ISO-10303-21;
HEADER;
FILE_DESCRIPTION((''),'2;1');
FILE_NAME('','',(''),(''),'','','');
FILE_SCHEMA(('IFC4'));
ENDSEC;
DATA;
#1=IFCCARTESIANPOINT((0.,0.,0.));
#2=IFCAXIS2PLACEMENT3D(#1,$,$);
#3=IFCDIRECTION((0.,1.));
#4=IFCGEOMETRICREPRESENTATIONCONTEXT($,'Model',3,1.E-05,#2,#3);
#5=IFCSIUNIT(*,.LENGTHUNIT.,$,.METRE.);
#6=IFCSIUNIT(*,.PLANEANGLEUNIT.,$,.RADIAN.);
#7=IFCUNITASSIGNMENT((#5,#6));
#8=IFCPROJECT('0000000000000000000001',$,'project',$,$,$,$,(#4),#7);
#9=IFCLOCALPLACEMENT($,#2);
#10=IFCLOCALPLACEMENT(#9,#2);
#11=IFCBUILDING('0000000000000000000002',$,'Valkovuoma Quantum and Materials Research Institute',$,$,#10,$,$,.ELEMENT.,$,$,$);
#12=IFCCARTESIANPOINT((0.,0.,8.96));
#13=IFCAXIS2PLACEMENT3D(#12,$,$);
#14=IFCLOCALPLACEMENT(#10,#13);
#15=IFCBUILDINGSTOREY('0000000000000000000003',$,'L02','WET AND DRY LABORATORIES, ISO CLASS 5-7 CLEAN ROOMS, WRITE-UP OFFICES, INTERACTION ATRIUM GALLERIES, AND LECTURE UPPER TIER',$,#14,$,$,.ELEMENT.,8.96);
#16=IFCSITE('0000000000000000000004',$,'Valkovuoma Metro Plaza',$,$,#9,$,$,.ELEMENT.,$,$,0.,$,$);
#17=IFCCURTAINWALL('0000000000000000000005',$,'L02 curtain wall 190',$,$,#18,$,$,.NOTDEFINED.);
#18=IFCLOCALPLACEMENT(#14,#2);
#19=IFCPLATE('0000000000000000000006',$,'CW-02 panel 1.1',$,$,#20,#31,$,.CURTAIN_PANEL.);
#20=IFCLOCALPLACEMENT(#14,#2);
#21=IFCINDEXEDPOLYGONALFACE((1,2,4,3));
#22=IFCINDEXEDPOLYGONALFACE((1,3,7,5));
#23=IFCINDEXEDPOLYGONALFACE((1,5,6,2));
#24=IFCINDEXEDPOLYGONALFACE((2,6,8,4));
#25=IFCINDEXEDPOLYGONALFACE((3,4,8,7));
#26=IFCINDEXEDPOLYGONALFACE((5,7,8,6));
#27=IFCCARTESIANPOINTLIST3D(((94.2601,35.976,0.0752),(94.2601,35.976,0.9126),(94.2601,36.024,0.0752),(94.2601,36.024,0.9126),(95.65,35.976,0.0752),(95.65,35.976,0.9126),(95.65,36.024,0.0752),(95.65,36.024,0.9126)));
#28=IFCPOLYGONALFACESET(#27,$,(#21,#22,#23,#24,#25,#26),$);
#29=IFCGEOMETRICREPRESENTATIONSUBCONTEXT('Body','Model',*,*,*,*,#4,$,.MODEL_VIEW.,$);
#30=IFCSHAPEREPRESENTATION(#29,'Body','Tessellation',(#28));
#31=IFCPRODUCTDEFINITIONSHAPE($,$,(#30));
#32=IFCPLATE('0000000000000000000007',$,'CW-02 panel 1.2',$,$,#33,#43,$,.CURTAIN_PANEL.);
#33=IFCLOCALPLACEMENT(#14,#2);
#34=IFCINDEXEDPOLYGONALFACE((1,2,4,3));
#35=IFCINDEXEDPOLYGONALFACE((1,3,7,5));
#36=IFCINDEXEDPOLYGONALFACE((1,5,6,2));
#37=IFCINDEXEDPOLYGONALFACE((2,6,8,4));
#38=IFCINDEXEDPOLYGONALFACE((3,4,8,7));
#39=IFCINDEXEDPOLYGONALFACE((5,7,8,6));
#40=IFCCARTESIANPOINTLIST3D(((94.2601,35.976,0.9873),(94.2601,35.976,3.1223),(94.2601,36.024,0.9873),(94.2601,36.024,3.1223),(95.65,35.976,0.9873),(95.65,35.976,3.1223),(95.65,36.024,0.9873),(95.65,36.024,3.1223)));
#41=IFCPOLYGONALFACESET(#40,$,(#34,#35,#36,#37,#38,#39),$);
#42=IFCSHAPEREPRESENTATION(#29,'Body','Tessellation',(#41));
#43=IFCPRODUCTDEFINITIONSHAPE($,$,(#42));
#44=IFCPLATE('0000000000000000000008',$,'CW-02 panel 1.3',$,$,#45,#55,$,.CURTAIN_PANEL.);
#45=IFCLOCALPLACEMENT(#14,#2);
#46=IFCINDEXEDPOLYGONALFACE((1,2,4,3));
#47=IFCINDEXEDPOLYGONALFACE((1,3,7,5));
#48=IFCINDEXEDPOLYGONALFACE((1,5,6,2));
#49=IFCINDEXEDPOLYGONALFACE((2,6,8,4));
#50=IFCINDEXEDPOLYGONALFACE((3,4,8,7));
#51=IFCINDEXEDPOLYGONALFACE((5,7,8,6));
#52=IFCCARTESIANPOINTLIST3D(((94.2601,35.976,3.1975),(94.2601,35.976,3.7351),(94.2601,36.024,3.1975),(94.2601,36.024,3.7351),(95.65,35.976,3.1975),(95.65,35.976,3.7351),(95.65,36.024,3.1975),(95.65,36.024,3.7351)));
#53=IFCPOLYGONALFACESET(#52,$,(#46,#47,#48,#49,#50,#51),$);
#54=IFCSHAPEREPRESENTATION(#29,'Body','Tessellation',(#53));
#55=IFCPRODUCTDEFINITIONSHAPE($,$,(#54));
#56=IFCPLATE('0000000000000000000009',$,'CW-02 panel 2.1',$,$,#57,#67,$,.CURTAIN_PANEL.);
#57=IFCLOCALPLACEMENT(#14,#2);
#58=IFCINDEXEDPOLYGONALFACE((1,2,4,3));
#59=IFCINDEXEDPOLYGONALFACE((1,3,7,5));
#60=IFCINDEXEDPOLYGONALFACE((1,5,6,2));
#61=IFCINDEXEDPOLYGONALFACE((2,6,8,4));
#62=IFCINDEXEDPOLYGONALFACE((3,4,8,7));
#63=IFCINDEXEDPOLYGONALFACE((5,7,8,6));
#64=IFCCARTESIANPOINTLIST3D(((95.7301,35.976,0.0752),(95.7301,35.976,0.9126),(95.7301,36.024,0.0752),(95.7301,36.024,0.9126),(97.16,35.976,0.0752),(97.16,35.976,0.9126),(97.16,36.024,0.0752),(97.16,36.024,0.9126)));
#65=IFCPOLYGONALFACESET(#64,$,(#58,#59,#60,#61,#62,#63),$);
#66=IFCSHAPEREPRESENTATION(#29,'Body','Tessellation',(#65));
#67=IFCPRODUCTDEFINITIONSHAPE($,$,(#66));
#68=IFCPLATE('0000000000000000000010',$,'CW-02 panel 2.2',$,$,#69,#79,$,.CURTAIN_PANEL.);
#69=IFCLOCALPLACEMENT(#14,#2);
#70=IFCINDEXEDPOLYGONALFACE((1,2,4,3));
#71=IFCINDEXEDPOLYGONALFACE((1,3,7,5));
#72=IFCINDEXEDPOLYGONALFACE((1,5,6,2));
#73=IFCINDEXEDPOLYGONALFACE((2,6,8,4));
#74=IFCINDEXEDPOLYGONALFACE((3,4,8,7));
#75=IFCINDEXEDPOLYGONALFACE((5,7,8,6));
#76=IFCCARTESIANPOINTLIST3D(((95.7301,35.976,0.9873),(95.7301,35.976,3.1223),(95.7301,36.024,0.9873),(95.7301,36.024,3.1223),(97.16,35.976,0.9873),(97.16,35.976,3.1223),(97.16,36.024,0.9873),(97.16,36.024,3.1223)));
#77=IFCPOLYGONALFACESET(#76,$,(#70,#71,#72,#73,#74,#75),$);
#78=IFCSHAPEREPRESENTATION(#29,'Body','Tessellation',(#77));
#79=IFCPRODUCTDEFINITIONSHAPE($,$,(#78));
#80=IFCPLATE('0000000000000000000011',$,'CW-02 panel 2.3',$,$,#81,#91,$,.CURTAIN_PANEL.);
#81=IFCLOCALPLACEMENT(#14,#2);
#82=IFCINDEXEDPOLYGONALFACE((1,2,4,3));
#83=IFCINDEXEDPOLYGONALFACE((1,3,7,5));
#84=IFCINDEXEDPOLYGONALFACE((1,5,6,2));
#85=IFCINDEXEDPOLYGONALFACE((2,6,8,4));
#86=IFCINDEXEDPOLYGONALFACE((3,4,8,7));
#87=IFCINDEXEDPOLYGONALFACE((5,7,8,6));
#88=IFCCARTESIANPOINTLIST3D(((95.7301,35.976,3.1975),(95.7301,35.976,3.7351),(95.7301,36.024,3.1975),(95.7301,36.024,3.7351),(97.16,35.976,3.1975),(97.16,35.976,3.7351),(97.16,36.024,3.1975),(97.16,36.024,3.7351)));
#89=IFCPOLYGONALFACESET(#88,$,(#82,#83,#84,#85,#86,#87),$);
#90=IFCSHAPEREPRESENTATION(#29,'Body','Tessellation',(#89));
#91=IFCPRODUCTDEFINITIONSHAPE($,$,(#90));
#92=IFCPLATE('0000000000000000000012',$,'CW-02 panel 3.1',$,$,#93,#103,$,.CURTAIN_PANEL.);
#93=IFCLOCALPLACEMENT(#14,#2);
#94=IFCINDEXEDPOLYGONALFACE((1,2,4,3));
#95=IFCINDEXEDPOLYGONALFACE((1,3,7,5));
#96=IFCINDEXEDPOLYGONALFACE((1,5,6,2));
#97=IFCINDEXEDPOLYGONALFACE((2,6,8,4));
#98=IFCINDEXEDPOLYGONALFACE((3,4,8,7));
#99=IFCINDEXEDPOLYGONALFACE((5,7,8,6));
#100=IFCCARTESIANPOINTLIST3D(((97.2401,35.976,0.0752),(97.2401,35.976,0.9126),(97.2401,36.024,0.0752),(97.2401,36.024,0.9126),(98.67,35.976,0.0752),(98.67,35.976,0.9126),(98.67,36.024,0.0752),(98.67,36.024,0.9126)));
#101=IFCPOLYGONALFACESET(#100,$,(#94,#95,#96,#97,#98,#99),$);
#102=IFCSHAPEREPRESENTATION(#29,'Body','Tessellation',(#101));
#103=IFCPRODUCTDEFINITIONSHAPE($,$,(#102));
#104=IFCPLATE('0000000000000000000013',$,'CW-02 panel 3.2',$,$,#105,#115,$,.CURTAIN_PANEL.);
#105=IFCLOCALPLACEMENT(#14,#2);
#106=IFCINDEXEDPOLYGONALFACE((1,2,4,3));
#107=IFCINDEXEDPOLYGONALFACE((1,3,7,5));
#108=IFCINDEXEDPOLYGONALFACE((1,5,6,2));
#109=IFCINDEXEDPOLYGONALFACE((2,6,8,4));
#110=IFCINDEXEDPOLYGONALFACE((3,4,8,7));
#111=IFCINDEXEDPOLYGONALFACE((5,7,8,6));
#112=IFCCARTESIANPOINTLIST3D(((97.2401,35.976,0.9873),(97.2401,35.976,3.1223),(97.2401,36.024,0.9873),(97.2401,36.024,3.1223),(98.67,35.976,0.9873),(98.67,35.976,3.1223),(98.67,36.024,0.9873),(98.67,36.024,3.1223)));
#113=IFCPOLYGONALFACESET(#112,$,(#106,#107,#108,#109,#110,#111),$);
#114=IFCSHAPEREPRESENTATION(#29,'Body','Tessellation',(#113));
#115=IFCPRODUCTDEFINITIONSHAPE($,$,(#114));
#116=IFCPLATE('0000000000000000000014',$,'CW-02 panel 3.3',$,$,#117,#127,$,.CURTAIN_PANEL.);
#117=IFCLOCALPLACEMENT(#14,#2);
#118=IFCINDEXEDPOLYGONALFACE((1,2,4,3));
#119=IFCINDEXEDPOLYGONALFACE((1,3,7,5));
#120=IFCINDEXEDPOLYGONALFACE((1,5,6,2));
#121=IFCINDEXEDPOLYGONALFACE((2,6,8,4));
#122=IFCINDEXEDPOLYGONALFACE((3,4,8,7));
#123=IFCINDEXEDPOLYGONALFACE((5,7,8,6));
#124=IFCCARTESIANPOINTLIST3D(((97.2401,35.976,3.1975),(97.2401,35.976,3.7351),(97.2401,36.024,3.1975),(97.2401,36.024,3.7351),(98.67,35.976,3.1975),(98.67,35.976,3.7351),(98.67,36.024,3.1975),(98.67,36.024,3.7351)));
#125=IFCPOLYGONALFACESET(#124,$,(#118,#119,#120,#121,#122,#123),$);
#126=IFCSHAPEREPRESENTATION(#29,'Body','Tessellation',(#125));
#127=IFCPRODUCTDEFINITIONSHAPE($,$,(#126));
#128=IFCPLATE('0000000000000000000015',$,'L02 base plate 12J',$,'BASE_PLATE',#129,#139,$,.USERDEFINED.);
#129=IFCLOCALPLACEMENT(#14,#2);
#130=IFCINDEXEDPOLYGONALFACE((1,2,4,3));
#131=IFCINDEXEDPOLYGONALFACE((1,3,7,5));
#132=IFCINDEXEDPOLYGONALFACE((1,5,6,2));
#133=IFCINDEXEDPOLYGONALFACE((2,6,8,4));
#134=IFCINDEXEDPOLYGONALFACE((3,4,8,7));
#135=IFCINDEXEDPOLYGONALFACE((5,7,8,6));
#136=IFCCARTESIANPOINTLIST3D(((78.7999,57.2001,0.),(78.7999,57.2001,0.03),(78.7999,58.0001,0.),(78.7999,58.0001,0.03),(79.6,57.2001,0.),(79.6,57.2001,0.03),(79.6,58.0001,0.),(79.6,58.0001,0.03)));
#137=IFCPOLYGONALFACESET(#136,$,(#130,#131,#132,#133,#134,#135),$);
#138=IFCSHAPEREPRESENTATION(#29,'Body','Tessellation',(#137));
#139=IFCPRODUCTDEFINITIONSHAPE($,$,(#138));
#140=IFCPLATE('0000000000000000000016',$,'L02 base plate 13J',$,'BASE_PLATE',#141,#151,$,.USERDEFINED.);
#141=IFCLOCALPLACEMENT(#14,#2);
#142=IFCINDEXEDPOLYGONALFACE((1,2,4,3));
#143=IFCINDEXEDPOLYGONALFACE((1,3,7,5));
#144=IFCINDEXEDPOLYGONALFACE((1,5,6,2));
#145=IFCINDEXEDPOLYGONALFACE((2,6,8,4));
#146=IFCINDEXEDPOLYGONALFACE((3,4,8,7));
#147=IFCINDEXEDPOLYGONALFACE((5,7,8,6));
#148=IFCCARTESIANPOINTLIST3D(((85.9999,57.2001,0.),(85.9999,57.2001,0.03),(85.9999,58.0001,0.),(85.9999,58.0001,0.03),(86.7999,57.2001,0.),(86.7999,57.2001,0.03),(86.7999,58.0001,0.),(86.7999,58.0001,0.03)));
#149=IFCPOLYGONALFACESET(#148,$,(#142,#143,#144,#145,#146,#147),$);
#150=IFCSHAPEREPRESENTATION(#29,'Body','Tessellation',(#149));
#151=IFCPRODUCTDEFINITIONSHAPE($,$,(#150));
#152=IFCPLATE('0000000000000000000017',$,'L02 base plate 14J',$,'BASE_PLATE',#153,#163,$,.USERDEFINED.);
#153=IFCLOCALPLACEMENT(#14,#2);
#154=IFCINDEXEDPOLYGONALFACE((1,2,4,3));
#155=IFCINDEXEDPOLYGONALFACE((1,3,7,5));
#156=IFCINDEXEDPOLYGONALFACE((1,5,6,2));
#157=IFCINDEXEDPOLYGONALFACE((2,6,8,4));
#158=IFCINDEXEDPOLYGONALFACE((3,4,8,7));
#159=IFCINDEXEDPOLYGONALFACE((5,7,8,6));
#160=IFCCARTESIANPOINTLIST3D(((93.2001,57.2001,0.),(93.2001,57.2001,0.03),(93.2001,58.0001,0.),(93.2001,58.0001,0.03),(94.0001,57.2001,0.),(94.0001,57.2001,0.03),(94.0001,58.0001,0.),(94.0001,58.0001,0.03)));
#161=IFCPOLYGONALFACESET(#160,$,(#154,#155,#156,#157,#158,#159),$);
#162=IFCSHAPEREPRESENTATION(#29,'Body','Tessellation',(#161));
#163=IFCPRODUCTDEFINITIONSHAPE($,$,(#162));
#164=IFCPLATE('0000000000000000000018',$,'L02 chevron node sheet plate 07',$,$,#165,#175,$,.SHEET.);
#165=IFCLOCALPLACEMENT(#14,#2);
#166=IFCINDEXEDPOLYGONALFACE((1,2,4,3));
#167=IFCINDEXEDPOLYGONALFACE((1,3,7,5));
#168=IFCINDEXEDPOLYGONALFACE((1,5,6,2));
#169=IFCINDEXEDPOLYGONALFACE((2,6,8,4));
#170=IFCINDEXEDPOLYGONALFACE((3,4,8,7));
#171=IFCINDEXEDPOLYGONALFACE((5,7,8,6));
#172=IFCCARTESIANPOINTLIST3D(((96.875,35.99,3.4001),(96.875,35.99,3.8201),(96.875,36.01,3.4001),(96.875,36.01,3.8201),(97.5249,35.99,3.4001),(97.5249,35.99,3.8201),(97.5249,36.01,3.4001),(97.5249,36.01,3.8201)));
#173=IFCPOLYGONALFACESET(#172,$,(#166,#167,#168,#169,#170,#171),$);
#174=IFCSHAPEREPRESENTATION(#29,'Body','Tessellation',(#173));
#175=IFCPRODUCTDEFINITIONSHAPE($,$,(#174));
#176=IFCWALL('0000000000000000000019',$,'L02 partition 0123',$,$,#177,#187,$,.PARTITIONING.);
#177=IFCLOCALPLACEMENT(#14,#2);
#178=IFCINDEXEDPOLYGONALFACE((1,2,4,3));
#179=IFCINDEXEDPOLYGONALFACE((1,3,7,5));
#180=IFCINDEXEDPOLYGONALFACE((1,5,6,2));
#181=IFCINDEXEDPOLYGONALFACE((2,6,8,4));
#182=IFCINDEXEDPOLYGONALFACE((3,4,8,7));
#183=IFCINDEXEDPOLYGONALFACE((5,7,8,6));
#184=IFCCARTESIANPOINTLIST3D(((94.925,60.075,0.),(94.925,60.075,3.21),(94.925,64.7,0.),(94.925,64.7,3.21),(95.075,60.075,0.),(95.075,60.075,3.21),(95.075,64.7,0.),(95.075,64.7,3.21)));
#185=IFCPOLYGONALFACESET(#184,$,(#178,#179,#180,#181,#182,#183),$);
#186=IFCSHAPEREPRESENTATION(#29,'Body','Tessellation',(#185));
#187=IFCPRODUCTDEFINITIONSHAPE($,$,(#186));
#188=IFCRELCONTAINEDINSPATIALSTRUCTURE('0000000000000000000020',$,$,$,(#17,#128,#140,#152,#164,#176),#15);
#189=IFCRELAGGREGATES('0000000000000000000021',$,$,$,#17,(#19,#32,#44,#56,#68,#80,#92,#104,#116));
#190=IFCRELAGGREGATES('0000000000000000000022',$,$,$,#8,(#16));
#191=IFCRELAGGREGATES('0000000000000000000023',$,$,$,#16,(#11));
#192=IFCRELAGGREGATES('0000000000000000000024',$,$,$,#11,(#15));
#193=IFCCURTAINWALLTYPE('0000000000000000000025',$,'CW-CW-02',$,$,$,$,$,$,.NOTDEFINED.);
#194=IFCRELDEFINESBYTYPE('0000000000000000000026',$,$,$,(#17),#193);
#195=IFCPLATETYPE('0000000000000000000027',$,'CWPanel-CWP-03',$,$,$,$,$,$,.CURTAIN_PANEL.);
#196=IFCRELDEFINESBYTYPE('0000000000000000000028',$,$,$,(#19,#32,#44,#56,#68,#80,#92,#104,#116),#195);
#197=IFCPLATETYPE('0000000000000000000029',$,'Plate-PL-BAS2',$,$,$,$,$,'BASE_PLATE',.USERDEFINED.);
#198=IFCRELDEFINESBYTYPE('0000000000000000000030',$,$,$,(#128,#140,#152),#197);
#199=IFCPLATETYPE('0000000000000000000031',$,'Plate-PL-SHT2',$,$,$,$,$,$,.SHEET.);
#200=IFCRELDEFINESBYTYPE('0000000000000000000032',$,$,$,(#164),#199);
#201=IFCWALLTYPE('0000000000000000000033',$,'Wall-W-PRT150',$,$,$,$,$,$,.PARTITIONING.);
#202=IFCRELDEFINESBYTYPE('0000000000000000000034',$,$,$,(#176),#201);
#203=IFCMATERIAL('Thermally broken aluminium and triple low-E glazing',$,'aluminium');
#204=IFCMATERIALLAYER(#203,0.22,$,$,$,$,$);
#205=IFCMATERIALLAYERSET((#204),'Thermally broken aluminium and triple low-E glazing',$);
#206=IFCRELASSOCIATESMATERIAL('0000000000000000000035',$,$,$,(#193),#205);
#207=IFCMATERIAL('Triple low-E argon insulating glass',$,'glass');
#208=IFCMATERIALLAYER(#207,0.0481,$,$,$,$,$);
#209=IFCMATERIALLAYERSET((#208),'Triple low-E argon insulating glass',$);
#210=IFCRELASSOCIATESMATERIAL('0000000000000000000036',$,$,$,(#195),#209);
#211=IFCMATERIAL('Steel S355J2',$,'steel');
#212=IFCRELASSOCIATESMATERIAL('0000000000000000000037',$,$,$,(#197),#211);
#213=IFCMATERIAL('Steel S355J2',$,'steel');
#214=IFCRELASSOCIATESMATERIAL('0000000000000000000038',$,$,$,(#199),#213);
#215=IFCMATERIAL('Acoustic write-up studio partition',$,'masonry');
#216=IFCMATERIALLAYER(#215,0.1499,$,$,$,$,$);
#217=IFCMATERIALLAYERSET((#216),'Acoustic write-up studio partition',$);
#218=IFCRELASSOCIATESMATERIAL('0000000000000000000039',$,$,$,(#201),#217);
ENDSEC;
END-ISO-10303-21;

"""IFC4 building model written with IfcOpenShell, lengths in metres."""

from ifc_helpers import new_model, si_unit, direction, frame, frame_2d, origin, origin_2d, place, context, subcontext, project, spatial, rectangle, extrude, material, layer, layer_set, type_object, element, aggregate, save


model = new_model("IFC4")

# Units and contexts
model_context = context("Model", 3, precision=1e-05, world=origin(), true_north=direction((0.0, 1.0)))
body_context = subcontext(model_context, "Body", "Model", "MODEL_VIEW")
ifc_project = project(units=[si_unit("LENGTHUNIT", "METRE"), si_unit("PLANEANGLEUNIT", "RADIAN")], contexts=[model_context])

# Site, building, storey
site_placement = place(None, origin())
site = spatial("IfcSite", under=ifc_project, at=site_placement, Name="Valkovuoma Metro Plaza", CompositionType="ELEMENT", RefElevation=0.0)
building_placement = place(site_placement, origin())
building = spatial("IfcBuilding", under=site, at=building_placement, Name="Valkovuoma Quantum and Materials Research Institute", CompositionType="ELEMENT")
storey_placement = place(building_placement, frame((0.0, 0.0, 8.96)))
storey = spatial("IfcBuildingStorey", under=building, at=storey_placement, Name="L02", Description="WET AND DRY LABORATORIES, ISO CLASS 5-7 CLEAN ROOMS, WRITE-UP OFFICES, INTERACTION ATRIUM GALLERIES, AND LECTURE UPPER TIER", CompositionType="ELEMENT", Elevation=8.96)

# Curtain wall, plates
ifc_material_1 = material(Name="Thermally broken aluminium and triple low-E glazing", Category="aluminium")
ifc_layer_1 = layer(ifc_material_1, 0.22)
ifc_layer_set_1 = layer_set([ifc_layer_1], Name="Thermally broken aluminium and triple low-E glazing")
curtain_wall_type = type_object("IfcCurtainWallType", Name="CW-CW-02", PredefinedType="NOTDEFINED", material=ifc_layer_set_1)
curtain_wall_placement = place(storey_placement, origin())
curtain_wall = element("IfcCurtainWall", 1, at=curtain_wall_placement, inside=storey, type_object=curtain_wall_type, Name="L02 curtain wall 190", PredefinedType="NOTDEFINED")
ifc_material_2 = material(Name="Triple low-E argon insulating glass", Category="glass")
ifc_layer_2 = layer(ifc_material_2, 0.0481)
ifc_layer_set_2 = layer_set([ifc_layer_2], Name="Triple low-E argon insulating glass")
plate_type_1 = type_object("IfcPlateType", Name="CWPanel-CWP-03", PredefinedType="CURTAIN_PANEL", material=ifc_layer_set_2)
plate_1_placement = place(storey_placement, frame((94.9551, 36.0, 0.0752), z_axis=(0.0, 0.0, 1.0), x_axis=(1.0, 0.0, 0.0)))
plate_1 = element("IfcPlate", 2, at=plate_1_placement, type_object=plate_type_1, Name="CW-02 panel 1.1", PredefinedType="CURTAIN_PANEL", context=body_context, shape_type="SweptSolid", body=[
    extrude(rectangle(XDim=1.3899, YDim=0.0481, at=origin_2d()), origin(), (0.0, 0.0, 1.0), 0.8374),
])
plate_2_placement = place(storey_placement, frame((94.9551, 36.0, 0.9873), z_axis=(0.0, 0.0, 1.0), x_axis=(1.0, 0.0, 0.0)))
plate_2 = element("IfcPlate", 3, at=plate_2_placement, type_object=plate_type_1, Name="CW-02 panel 1.2", PredefinedType="CURTAIN_PANEL", context=body_context, shape_type="SweptSolid", body=[
    extrude(rectangle(XDim=1.3899, YDim=0.0481, at=origin_2d()), origin(), (0.0, 0.0, 1.0), 2.135),
])
plate_3_placement = place(storey_placement, frame((94.9551, 36.0, 3.1975), z_axis=(0.0, 0.0, 1.0), x_axis=(1.0, 0.0, 0.0)))
plate_3 = element("IfcPlate", 4, at=plate_3_placement, type_object=plate_type_1, Name="CW-02 panel 1.3", PredefinedType="CURTAIN_PANEL", context=body_context, shape_type="SweptSolid", body=[
    extrude(rectangle(XDim=1.3899, YDim=0.0481, at=origin_2d()), origin(), (0.0, 0.0, 1.0), 0.5376),
])
plate_4_placement = place(storey_placement, frame((96.4451, 36.0, 0.0752), z_axis=(0.0, 0.0, 1.0), x_axis=(1.0, 0.0, 0.0)))
plate_4 = element("IfcPlate", 5, at=plate_4_placement, type_object=plate_type_1, Name="CW-02 panel 2.1", PredefinedType="CURTAIN_PANEL", context=body_context, shape_type="SweptSolid", body=[
    extrude(rectangle(XDim=1.4299, YDim=0.0481, at=origin_2d()), origin(), (0.0, 0.0, 1.0), 0.8374),
])
plate_5_placement = place(storey_placement, frame((96.4451, 36.0, 0.9873), z_axis=(0.0, 0.0, 1.0), x_axis=(1.0, 0.0, 0.0)))
plate_5 = element("IfcPlate", 6, at=plate_5_placement, type_object=plate_type_1, Name="CW-02 panel 2.2", PredefinedType="CURTAIN_PANEL", context=body_context, shape_type="SweptSolid", body=[
    extrude(rectangle(XDim=1.4299, YDim=0.0481, at=origin_2d()), origin(), (0.0, 0.0, 1.0), 2.135),
])
plate_6_placement = place(storey_placement, frame((96.4451, 36.0, 3.1975), z_axis=(0.0, 0.0, 1.0), x_axis=(1.0, 0.0, 0.0)))
plate_6 = element("IfcPlate", 7, at=plate_6_placement, type_object=plate_type_1, Name="CW-02 panel 2.3", PredefinedType="CURTAIN_PANEL", context=body_context, shape_type="SweptSolid", body=[
    extrude(rectangle(XDim=1.4299, YDim=0.0481, at=origin_2d()), origin(), (0.0, 0.0, 1.0), 0.5376),
])
plate_7_placement = place(storey_placement, frame((97.9551, 36.0, 0.0752), z_axis=(0.0, 0.0, 1.0), x_axis=(1.0, 0.0, 0.0)))
plate_7 = element("IfcPlate", 8, at=plate_7_placement, type_object=plate_type_1, Name="CW-02 panel 3.1", PredefinedType="CURTAIN_PANEL", context=body_context, shape_type="SweptSolid", body=[
    extrude(rectangle(XDim=1.4299, YDim=0.0481, at=origin_2d()), origin(), (0.0, 0.0, 1.0), 0.8374),
])
plate_8_placement = place(storey_placement, frame((97.9551, 36.0, 0.9873), z_axis=(0.0, 0.0, 1.0), x_axis=(1.0, 0.0, 0.0)))
plate_8 = element("IfcPlate", 9, at=plate_8_placement, type_object=plate_type_1, Name="CW-02 panel 3.2", PredefinedType="CURTAIN_PANEL", context=body_context, shape_type="SweptSolid", body=[
    extrude(rectangle(XDim=1.4299, YDim=0.0481, at=origin_2d()), origin(), (0.0, 0.0, 1.0), 2.135),
])
plate_9_placement = place(storey_placement, frame((97.9551, 36.0, 3.1975), z_axis=(0.0, 0.0, 1.0), x_axis=(1.0, 0.0, 0.0)))
plate_9 = element("IfcPlate", 10, at=plate_9_placement, type_object=plate_type_1, Name="CW-02 panel 3.3", PredefinedType="CURTAIN_PANEL", context=body_context, shape_type="SweptSolid", body=[
    extrude(rectangle(XDim=1.4299, YDim=0.0481, at=origin_2d()), origin(), (0.0, 0.0, 1.0), 0.5376),
])
aggregate(curtain_wall, [plate_1, plate_2, plate_3, plate_4, plate_5, plate_6, plate_7, plate_8, plate_9])

# Plates
ifc_material_3 = material(Name="Steel S355J2", Category="steel")
plate_type_2 = type_object("IfcPlateType", Name="Plate-PL-BAS2", ElementType="BASE_PLATE", PredefinedType="USERDEFINED", material=ifc_material_3)
for number, where, z_axis, x_axis, name in (
    (11, (79.2, 57.6001, 0.0), (0.0, 0.0, 1.0), (1.0, 0.0, 0.0), "L02 base plate 12J"),
    (12, (86.3999, 57.6001, 0.0), (0.0, 0.0, 1.0), (1.0, 0.0, 0.0), "L02 base plate 13J"),
    (13, (93.6001, 57.6001, 0.0), (0.0, 0.0, 1.0), (1.0, 0.0, 0.0), "L02 base plate 14J"),
):
    element("IfcPlate", number, at=place(storey_placement, frame(where, z_axis=z_axis, x_axis=x_axis)), inside=storey, type_object=plate_type_2, Name=name, ObjectType="BASE_PLATE", PredefinedType="USERDEFINED", context=body_context, shape_type="SweptSolid", body=[
        extrude(rectangle(XDim=0.8, YDim=0.8, at=origin_2d()), origin(), (0.0, 0.0, 1.0), 0.03),
    ])
ifc_material_4 = material(Name="Steel S355J2", Category="steel")
plate_type_3 = type_object("IfcPlateType", Name="Plate-PL-SHT2", PredefinedType="SHEET", material=ifc_material_4)
plate_10_placement = place(storey_placement, frame((97.2, 36.0, 3.4001), z_axis=(0.0, 0.0, 1.0), x_axis=(1.0, 0.0, 0.0)))
element("IfcPlate", 14, at=plate_10_placement, inside=storey, type_object=plate_type_3, Name="L02 chevron node sheet plate 07", PredefinedType="SHEET", context=body_context, shape_type="SweptSolid", body=[
    extrude(rectangle(XDim=0.6499, YDim=0.02, at=origin_2d()), origin(), (0.0, 0.0, 1.0), 0.4199),
])

# Wall
ifc_material_5 = material(Name="Acoustic write-up studio partition", Category="masonry")
ifc_layer_3 = layer(ifc_material_5, 0.1499)
ifc_layer_set_3 = layer_set([ifc_layer_3], Name="Acoustic write-up studio partition")
wall_type = type_object("IfcWallType", Name="Wall-W-PRT150", PredefinedType="PARTITIONING", material=ifc_layer_set_3)
wall_placement = place(storey_placement, frame((95.0, 60.075, 0.0), z_axis=(0.0, 0.0, 1.0), x_axis=(0.0, 1.0, 0.0)))
element("IfcWall", 15, at=wall_placement, inside=storey, type_object=wall_type, Name="L02 partition 0123", PredefinedType="PARTITIONING", context=body_context, shape_type="SweptSolid", body=[
    extrude(rectangle(XDim=4.625, YDim=0.1499, at=frame_2d((2.3125, 0.0))), origin(), (0.0, 0.0, 1.0), 3.21),
])

save(model, "model.ifc")
